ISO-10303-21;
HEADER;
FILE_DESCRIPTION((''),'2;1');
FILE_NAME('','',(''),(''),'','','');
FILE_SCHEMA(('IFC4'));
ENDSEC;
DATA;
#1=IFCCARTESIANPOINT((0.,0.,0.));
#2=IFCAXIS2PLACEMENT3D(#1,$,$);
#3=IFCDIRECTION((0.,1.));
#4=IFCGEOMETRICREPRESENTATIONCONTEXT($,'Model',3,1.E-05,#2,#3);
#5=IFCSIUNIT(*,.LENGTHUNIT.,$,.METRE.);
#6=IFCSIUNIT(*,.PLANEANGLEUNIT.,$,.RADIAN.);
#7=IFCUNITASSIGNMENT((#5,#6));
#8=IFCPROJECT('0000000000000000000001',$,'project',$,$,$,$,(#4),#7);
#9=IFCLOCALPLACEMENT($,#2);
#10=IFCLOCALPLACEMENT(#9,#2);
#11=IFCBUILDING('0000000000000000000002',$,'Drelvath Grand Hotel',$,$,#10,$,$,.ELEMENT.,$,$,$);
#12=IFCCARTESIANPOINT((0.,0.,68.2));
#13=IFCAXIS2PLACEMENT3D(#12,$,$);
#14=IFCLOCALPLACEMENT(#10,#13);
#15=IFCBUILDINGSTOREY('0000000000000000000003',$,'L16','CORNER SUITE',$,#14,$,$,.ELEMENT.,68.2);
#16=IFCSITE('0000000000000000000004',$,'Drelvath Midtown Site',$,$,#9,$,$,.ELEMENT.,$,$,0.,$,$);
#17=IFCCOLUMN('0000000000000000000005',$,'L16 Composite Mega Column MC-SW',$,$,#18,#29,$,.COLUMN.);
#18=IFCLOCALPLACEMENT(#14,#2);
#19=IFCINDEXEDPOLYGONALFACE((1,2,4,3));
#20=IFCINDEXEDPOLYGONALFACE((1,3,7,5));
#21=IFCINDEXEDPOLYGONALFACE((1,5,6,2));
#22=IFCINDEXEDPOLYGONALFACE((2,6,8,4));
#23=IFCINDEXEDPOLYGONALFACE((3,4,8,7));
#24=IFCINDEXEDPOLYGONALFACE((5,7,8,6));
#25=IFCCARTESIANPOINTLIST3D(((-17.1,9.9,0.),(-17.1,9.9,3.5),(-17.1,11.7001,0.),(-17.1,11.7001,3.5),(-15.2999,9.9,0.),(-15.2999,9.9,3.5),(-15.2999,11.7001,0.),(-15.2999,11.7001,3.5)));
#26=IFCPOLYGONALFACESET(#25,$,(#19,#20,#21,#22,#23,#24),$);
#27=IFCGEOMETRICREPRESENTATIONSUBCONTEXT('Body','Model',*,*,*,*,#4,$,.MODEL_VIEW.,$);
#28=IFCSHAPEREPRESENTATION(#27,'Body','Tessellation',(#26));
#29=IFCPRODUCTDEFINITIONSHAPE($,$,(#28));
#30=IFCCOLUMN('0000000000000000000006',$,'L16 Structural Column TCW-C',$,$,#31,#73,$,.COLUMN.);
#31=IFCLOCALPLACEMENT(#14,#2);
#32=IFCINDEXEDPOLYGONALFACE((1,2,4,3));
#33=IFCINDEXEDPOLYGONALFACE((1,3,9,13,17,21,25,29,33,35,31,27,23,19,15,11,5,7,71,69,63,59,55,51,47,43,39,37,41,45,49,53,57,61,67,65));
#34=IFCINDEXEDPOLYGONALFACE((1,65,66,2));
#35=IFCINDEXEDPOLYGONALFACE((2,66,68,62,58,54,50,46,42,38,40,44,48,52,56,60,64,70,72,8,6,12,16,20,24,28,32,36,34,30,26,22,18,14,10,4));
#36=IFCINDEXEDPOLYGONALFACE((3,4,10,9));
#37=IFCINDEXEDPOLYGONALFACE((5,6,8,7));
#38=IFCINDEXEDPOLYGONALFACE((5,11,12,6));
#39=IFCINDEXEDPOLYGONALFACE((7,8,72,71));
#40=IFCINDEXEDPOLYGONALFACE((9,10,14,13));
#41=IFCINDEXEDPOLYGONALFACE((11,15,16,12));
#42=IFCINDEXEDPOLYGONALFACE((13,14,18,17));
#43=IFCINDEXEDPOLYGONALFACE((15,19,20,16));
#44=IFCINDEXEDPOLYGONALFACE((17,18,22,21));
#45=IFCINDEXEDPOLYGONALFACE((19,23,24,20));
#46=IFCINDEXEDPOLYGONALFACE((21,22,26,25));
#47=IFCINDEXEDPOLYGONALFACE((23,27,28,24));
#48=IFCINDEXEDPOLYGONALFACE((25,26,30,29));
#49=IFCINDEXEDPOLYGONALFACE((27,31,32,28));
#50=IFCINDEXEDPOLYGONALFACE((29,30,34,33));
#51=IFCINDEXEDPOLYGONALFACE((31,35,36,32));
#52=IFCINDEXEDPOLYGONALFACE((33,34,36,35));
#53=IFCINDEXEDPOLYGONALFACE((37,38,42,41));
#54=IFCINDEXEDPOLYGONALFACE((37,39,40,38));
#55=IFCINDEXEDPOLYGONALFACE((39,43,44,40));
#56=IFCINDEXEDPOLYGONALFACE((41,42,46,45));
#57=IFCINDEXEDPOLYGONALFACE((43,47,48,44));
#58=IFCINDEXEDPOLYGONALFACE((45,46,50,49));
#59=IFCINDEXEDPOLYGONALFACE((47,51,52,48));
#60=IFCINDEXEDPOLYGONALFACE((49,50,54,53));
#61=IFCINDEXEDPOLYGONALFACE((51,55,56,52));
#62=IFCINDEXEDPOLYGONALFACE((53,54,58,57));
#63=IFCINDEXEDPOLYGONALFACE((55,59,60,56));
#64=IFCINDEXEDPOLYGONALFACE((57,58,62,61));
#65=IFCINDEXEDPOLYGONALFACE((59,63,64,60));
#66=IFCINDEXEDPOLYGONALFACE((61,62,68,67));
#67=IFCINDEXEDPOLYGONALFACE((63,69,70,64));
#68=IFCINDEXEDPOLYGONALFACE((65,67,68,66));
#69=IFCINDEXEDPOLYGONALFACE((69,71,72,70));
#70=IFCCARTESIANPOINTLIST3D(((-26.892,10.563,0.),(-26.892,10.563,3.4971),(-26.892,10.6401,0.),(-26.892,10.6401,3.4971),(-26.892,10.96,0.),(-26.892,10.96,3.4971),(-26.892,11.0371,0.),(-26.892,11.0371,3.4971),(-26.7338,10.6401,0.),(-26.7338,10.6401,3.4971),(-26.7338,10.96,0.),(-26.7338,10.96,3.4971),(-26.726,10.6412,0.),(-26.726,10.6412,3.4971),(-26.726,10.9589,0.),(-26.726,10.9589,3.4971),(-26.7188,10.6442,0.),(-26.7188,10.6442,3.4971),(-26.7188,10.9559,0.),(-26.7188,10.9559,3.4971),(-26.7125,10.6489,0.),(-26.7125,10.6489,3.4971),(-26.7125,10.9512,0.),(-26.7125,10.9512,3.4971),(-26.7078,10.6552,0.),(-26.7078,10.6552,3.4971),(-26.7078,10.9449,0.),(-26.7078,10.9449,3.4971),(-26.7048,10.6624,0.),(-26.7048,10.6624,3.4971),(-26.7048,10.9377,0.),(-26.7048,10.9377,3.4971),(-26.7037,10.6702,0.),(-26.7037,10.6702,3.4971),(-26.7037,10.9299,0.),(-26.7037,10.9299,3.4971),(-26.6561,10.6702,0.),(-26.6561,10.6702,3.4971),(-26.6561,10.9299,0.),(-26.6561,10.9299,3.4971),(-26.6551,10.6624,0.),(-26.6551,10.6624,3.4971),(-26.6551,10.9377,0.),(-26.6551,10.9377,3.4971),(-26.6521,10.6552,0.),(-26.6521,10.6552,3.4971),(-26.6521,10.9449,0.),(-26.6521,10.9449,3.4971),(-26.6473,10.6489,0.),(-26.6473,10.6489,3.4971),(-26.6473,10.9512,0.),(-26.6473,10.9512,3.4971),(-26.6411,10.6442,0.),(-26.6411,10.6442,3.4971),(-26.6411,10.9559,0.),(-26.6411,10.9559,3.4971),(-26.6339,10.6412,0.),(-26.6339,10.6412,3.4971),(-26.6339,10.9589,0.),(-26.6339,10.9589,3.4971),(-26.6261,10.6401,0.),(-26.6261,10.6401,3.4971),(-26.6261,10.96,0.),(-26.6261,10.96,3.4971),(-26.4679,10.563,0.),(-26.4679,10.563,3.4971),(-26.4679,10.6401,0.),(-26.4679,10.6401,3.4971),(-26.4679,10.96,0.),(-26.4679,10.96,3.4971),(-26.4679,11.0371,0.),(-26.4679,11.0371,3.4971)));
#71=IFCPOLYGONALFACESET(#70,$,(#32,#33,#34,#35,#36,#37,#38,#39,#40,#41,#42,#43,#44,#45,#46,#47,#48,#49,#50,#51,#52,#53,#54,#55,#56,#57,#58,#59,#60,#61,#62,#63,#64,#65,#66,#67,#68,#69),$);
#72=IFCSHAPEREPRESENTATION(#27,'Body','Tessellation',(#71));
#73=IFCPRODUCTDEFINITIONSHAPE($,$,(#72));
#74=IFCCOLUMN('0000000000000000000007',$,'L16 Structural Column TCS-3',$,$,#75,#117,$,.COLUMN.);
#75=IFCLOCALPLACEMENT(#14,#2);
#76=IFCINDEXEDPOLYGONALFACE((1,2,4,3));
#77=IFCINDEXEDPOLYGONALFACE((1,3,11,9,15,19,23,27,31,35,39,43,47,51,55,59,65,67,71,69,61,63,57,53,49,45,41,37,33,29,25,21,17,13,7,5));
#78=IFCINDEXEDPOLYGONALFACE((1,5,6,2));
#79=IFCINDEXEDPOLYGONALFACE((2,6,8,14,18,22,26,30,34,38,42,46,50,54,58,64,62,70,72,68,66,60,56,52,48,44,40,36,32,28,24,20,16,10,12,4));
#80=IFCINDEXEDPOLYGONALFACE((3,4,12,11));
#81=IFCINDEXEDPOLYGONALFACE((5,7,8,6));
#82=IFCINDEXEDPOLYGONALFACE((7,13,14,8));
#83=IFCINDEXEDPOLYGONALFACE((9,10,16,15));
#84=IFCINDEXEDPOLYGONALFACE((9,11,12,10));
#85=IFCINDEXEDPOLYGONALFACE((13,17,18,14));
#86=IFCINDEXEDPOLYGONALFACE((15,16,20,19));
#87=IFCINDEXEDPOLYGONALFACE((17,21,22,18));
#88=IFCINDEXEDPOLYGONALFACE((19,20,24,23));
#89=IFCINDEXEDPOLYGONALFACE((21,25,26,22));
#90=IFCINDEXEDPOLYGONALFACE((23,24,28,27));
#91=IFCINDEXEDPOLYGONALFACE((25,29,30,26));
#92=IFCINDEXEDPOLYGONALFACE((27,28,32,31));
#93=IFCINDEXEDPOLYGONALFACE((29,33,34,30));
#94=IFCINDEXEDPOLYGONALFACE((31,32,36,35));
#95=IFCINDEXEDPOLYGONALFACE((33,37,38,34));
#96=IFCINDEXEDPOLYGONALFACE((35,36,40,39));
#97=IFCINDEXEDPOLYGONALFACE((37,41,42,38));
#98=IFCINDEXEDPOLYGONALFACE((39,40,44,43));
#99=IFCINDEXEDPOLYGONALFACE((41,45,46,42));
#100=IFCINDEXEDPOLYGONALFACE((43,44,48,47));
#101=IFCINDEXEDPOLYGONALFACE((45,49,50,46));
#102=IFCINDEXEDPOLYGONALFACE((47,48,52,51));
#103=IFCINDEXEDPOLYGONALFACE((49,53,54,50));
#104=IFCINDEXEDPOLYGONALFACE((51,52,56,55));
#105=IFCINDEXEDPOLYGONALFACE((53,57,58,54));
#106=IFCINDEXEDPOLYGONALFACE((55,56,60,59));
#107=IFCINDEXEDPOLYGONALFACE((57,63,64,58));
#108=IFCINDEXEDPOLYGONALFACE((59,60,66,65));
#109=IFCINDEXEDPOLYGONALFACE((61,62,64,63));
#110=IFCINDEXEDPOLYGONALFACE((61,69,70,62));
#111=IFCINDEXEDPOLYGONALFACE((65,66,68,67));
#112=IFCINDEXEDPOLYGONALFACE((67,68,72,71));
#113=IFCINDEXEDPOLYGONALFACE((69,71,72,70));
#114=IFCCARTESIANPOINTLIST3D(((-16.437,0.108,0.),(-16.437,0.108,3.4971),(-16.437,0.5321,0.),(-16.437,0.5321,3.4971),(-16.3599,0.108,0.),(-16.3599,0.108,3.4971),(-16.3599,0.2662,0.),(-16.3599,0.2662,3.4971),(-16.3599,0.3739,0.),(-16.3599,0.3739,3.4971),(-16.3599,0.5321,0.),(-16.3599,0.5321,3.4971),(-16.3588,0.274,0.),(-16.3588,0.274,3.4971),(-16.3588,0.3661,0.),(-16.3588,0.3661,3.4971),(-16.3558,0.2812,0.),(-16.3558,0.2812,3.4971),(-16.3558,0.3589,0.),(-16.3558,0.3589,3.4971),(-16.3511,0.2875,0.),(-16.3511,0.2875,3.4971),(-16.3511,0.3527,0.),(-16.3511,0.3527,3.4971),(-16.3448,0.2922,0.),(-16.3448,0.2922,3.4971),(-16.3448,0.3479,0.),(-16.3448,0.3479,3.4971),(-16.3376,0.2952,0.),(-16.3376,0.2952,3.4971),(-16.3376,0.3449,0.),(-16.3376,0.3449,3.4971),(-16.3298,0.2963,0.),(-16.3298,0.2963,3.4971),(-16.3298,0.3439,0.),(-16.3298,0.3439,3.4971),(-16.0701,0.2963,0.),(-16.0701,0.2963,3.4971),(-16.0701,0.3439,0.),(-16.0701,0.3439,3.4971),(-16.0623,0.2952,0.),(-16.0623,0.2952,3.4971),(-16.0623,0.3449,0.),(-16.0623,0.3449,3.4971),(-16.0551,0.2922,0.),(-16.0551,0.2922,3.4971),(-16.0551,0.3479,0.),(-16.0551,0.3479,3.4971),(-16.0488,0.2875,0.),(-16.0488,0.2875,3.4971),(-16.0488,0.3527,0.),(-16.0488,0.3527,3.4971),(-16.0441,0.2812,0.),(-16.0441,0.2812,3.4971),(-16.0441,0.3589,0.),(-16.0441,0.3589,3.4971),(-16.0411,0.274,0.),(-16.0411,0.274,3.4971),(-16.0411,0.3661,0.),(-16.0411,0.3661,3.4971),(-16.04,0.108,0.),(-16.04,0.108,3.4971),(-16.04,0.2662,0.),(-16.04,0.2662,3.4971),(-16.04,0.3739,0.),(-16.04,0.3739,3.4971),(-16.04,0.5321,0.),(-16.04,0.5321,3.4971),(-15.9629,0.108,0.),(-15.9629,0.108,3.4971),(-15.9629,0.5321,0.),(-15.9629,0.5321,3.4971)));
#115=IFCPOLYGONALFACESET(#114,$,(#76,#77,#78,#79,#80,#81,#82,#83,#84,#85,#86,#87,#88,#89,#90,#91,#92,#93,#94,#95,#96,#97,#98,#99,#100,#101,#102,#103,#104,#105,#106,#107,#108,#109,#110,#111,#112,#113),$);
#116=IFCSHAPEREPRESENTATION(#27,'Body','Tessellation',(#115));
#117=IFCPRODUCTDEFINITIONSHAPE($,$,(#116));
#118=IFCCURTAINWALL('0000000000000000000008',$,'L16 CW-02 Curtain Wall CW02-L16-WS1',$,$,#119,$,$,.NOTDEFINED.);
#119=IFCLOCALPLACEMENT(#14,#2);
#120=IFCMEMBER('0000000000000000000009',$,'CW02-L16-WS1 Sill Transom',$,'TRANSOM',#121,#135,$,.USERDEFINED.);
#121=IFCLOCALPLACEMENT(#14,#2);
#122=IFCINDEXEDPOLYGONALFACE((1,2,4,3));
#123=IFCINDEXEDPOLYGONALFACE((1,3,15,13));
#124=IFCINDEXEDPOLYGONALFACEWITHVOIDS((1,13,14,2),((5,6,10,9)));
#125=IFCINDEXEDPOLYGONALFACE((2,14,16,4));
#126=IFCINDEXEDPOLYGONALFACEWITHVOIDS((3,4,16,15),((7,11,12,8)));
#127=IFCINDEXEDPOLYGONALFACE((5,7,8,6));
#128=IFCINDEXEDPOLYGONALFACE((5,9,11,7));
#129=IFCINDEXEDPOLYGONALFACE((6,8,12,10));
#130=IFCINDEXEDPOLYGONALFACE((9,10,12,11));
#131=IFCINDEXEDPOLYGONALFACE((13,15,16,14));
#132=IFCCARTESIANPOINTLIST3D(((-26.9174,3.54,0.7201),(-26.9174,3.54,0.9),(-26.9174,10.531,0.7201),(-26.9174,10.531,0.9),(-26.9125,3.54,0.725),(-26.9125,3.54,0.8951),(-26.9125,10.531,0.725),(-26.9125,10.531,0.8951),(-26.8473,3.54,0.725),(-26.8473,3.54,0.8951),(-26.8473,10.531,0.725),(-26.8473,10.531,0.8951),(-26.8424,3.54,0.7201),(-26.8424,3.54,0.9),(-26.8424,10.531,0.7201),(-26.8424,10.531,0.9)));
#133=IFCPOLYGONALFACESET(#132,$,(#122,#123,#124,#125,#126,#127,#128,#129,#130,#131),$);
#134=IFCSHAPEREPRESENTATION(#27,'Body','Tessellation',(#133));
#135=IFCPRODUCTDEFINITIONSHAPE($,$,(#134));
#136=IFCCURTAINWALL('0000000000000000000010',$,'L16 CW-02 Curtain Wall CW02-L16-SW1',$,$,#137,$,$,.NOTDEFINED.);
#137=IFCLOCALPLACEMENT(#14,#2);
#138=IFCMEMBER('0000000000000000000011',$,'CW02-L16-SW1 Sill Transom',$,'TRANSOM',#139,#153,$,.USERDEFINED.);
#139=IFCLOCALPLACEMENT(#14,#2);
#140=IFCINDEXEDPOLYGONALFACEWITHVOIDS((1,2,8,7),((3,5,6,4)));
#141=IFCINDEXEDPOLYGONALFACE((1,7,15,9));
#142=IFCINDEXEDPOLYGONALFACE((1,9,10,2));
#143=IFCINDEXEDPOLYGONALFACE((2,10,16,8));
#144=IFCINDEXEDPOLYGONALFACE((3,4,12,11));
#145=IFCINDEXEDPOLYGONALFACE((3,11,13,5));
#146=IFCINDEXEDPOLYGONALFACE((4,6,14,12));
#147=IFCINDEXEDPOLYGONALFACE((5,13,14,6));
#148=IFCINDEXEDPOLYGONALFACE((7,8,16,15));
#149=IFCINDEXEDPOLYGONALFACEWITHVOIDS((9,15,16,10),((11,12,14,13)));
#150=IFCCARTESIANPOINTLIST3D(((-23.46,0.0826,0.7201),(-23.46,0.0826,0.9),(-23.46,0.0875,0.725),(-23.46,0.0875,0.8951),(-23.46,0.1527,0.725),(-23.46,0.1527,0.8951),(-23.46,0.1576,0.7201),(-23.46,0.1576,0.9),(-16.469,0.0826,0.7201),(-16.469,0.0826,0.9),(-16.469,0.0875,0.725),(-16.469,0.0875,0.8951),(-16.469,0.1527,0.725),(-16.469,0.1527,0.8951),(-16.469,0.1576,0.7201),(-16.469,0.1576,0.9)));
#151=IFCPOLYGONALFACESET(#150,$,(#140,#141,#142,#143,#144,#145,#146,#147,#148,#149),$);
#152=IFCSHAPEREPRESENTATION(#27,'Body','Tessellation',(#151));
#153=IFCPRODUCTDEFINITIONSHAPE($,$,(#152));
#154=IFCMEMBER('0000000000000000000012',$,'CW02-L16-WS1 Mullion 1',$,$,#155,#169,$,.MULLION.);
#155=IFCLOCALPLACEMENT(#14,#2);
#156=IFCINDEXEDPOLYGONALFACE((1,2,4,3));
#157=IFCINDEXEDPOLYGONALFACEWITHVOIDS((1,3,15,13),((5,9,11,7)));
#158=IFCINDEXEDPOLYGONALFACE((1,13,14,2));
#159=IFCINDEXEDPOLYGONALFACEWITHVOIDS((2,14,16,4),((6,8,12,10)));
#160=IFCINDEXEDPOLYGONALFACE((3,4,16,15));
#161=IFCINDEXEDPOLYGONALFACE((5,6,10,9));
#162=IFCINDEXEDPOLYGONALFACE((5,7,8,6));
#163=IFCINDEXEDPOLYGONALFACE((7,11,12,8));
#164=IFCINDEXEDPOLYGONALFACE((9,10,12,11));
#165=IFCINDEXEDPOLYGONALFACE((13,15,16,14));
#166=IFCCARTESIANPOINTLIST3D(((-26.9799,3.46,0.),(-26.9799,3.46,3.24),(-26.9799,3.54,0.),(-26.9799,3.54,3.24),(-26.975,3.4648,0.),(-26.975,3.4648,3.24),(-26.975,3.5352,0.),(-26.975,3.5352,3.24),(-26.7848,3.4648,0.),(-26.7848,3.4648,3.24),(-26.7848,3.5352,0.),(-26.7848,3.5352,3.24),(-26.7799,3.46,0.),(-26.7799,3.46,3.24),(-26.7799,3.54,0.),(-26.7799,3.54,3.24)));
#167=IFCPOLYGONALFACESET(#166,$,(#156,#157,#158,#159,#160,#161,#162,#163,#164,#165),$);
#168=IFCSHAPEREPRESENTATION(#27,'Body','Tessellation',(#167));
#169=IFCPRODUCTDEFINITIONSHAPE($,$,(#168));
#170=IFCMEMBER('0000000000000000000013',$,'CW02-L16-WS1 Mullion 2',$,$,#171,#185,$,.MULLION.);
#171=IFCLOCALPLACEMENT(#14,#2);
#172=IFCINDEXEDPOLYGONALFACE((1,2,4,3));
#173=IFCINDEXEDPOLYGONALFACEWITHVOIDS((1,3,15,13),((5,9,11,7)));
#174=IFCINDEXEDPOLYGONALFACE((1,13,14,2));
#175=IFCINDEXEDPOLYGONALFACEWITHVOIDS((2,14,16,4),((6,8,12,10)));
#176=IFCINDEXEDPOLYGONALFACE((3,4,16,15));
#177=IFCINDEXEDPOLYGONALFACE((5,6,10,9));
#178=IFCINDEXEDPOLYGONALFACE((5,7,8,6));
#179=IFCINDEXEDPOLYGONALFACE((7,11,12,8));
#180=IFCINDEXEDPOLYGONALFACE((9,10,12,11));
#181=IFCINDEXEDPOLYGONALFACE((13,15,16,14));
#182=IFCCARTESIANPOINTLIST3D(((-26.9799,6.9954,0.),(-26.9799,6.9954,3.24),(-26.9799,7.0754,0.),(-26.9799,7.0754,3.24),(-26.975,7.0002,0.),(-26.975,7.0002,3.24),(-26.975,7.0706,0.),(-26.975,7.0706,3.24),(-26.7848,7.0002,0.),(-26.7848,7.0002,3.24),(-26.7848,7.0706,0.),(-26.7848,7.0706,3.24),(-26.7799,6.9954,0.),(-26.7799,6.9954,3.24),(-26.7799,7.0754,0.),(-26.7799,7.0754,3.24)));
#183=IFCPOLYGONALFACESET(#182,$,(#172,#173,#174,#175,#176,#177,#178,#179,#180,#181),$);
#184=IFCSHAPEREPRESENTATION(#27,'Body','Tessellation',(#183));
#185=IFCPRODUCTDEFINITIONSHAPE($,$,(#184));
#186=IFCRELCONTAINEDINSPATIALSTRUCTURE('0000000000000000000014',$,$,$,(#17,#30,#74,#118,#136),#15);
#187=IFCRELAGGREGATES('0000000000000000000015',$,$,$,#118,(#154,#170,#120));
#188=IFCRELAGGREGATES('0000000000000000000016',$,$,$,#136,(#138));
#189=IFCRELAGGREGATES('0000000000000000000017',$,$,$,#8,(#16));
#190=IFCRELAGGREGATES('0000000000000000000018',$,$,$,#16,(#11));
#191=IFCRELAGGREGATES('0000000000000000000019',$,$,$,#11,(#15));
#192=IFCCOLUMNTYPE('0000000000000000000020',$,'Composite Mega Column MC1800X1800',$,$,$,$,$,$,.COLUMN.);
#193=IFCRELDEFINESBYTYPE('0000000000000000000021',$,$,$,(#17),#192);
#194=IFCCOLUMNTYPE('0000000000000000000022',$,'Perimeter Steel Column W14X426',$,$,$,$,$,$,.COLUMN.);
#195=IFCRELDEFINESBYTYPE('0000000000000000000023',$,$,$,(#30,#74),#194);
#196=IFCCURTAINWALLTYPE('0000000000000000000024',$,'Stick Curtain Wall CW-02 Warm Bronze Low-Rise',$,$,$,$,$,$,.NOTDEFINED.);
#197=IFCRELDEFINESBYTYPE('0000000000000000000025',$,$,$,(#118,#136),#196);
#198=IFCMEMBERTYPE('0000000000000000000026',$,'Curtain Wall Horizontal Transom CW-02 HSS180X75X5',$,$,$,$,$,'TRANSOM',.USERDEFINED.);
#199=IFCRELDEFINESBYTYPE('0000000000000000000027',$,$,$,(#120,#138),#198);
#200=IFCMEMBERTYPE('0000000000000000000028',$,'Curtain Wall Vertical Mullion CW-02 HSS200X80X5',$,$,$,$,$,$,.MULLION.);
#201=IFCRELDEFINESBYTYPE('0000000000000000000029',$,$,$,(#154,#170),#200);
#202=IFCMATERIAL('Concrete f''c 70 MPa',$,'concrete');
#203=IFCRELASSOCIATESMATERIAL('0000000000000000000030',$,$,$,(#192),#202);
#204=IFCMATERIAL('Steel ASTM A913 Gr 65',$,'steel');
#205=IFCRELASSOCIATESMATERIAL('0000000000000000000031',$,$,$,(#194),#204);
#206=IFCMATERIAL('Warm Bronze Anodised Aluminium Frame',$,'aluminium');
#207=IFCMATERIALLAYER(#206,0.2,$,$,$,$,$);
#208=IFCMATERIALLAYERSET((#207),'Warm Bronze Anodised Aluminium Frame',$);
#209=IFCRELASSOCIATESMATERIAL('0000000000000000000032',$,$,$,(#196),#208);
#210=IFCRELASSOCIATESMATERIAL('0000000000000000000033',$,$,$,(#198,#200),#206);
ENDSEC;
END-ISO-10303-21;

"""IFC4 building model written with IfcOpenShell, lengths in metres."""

from ifc_helpers import new_model, si_unit, direction, frame, origin, origin_2d, place, context, subcontext, project, spatial, rectangle, hollow_rectangle, i_section, extrude, material, layer, layer_set, material_profile, profile_set, type_object, element, aggregate, save


model = new_model("IFC4")

# Units and contexts
model_context = context("Model", 3, precision=1e-05, world=origin(), true_north=direction((0.0, 1.0)))
body_context = subcontext(model_context, "Body", "Model", "MODEL_VIEW")
ifc_project = project(units=[si_unit("LENGTHUNIT", "METRE"), si_unit("PLANEANGLEUNIT", "RADIAN")], contexts=[model_context])

# Site, building, storey
site_placement = place(None, origin())
site = spatial("IfcSite", under=ifc_project, at=site_placement, Name="Drelvath Midtown Site", CompositionType="ELEMENT", RefElevation=0.0)
building_placement = place(site_placement, origin())
building = spatial("IfcBuilding", under=site, at=building_placement, Name="Drelvath Grand Hotel", CompositionType="ELEMENT")
storey_placement = place(building_placement, frame((0.0, 0.0, 68.2)))
storey = spatial("IfcBuildingStorey", under=building, at=storey_placement, Name="L16", Description="CORNER SUITE", CompositionType="ELEMENT", Elevation=68.2)

# Columns
ifc_material_1 = material(Name="Concrete f'c 70 MPa", Category="concrete")
ifc_material_profile_1 = material_profile(ifc_material_1, rectangle(XDim=1.8, YDim=1.8, at=origin_2d()), Name="MC1800X1800")
ifc_profile_set_1 = profile_set([ifc_material_profile_1], Name="Concrete f'c 70 MPa")
column_type_1 = type_object("IfcColumnType", Name="Composite Mega Column MC1800X1800", PredefinedType="COLUMN", material=ifc_profile_set_1)
column_placement = place(storey_placement, frame((-16.2, 10.8, 0.0), z_axis=(0.0, 0.0, 1.0), x_axis=(1.0, 0.0, 0.0)))
element("IfcColumn", 1, at=column_placement, inside=storey, type_object=column_type_1, Name="L16 Composite Mega Column MC-SW", PredefinedType="COLUMN", context=body_context, shape_type="SweptSolid", body=[
    extrude(rectangle(XDim=1.8, YDim=1.8, at=origin_2d()), origin(), (0.0, 0.0, 1.0), 3.5),
])
ifc_material_2 = material(Name="Steel ASTM A913 Gr 65", Category="steel")
ifc_material_profile_2 = material_profile(ifc_material_2, i_section(OverallWidth=0.4241, OverallDepth=0.4741, WebThickness=0.0476, FlangeThickness=0.0771, FilletRadius=0.03, at=origin_2d()), Name="W14X426")
ifc_profile_set_2 = profile_set([ifc_material_profile_2], Name="Steel ASTM A913 Gr 65")
column_type_2 = type_object("IfcColumnType", Name="Perimeter Steel Column W14X426", PredefinedType="COLUMN", material=ifc_profile_set_2)
for number, where, z_axis, x_axis, name in (
    (2, (-26.6799, 10.8, 0.0), (0.0, 0.0, 1.0), (1.0, 0.0, 0.0), "L16 Structural Column TCW-C"),
    (3, (-16.2, 0.3201, 0.0), (0.0, 0.0, 1.0), (0.0, 1.0, 0.0), "L16 Structural Column TCS-3"),
):
    element("IfcColumn", number, at=place(storey_placement, frame(where, z_axis=z_axis, x_axis=x_axis)), inside=storey, type_object=column_type_2, Name=name, PredefinedType="COLUMN", context=body_context, shape_type="SweptSolid", body=[
        extrude(i_section(OverallWidth=0.4241, OverallDepth=0.4741, WebThickness=0.0476, FlangeThickness=0.0771, FilletRadius=0.03, at=origin_2d()), origin(), (0.0, 0.0, 1.0), 3.4971),
    ])

# Curtain walls, members
ifc_material_3 = material(Name="Warm Bronze Anodised Aluminium Frame", Category="aluminium")
ifc_layer_1 = layer(ifc_material_3, 0.2)
ifc_layer_set_1 = layer_set([ifc_layer_1], Name="Warm Bronze Anodised Aluminium Frame")
curtain_wall_type = type_object("IfcCurtainWallType", Name="Stick Curtain Wall CW-02 Warm Bronze Low-Rise", PredefinedType="NOTDEFINED", material=ifc_layer_set_1)
curtain_wall_1_placement = place(storey_placement, origin())
curtain_wall_1 = element("IfcCurtainWall", 4, at=curtain_wall_1_placement, inside=storey, type_object=curtain_wall_type, Name="L16 CW-02 Curtain Wall CW02-L16-WS1", PredefinedType="NOTDEFINED")
ifc_material_profile_3 = material_profile(ifc_material_3, hollow_rectangle(XDim=0.075, YDim=0.1799, WallThickness=0.0049, at=origin_2d()), Name="HSS180X75X5")
ifc_profile_set_3 = profile_set([ifc_material_profile_3], Name="Warm Bronze Anodised Aluminium Frame")
member_type_1 = type_object("IfcMemberType", Name="Curtain Wall Horizontal Transom CW-02 HSS180X75X5", ElementType="TRANSOM", PredefinedType="USERDEFINED", material=ifc_profile_set_3)
member_1_placement = place(storey_placement, frame((-26.8799, 3.54, 0.8101), z_axis=(0.0, 1.0, 0.0), x_axis=(-1.0, 0.0, 0.0)))
member_1 = element("IfcMember", 5, at=member_1_placement, type_object=member_type_1, Name="CW02-L16-WS1 Sill Transom", ObjectType="TRANSOM", PredefinedType="USERDEFINED", context=body_context, shape_type="SweptSolid", body=[
    extrude(hollow_rectangle(XDim=0.075, YDim=0.1799, WallThickness=0.0049, at=origin_2d()), origin(), (0.0, 0.0, 1.0), 6.991),
])
curtain_wall_2_placement = place(storey_placement, origin())
curtain_wall_2 = element("IfcCurtainWall", 6, at=curtain_wall_2_placement, inside=storey, type_object=curtain_wall_type, Name="L16 CW-02 Curtain Wall CW02-L16-SW1", PredefinedType="NOTDEFINED")
member_2_placement = place(storey_placement, frame((-16.469, 0.1201, 0.8101), z_axis=(-1.0, 0.0, 0.0), x_axis=(0.0, -1.0, 0.0)))
member_2 = element("IfcMember", 7, at=member_2_placement, type_object=member_type_1, Name="CW02-L16-SW1 Sill Transom", ObjectType="TRANSOM", PredefinedType="USERDEFINED", context=body_context, shape_type="SweptSolid", body=[
    extrude(hollow_rectangle(XDim=0.075, YDim=0.1799, WallThickness=0.0049, at=origin_2d()), origin(), (0.0, 0.0, 1.0), 6.991),
])

# Members
ifc_material_profile_4 = material_profile(ifc_material_3, hollow_rectangle(XDim=0.0801, YDim=0.2, WallThickness=0.0049, at=origin_2d()), Name="HSS200X80X5")
ifc_profile_set_4 = profile_set([ifc_material_profile_4], Name="Warm Bronze Anodised Aluminium Frame")
member_type_2 = type_object("IfcMemberType", Name="Curtain Wall Vertical Mullion CW-02 HSS200X80X5", PredefinedType="MULLION", material=ifc_profile_set_4)
member_3_placement = place(storey_placement, frame((-26.8799, 3.5, 0.0), z_axis=(0.0, 0.0, 1.0), x_axis=(0.0, 1.0, 0.0)))
member_3 = element("IfcMember", 8, at=member_3_placement, type_object=member_type_2, Name="CW02-L16-WS1 Mullion 1", PredefinedType="MULLION", context=body_context, shape_type="SweptSolid", body=[
    extrude(hollow_rectangle(XDim=0.0801, YDim=0.2, WallThickness=0.0049, at=origin_2d()), origin(), (0.0, 0.0, 1.0), 3.24),
])
member_4_placement = place(storey_placement, frame((-26.8799, 7.0354, 0.0), z_axis=(0.0, 0.0, 1.0), x_axis=(0.0, 1.0, 0.0)))
member_4 = element("IfcMember", 9, at=member_4_placement, type_object=member_type_2, Name="CW02-L16-WS1 Mullion 2", PredefinedType="MULLION", context=body_context, shape_type="SweptSolid", body=[
    extrude(hollow_rectangle(XDim=0.0801, YDim=0.2, WallThickness=0.0049, at=origin_2d()), origin(), (0.0, 0.0, 1.0), 3.24),
])

aggregate(curtain_wall_1, [member_3, member_4, member_1])
aggregate(curtain_wall_2, [member_2])

save(model, "model.ifc")
